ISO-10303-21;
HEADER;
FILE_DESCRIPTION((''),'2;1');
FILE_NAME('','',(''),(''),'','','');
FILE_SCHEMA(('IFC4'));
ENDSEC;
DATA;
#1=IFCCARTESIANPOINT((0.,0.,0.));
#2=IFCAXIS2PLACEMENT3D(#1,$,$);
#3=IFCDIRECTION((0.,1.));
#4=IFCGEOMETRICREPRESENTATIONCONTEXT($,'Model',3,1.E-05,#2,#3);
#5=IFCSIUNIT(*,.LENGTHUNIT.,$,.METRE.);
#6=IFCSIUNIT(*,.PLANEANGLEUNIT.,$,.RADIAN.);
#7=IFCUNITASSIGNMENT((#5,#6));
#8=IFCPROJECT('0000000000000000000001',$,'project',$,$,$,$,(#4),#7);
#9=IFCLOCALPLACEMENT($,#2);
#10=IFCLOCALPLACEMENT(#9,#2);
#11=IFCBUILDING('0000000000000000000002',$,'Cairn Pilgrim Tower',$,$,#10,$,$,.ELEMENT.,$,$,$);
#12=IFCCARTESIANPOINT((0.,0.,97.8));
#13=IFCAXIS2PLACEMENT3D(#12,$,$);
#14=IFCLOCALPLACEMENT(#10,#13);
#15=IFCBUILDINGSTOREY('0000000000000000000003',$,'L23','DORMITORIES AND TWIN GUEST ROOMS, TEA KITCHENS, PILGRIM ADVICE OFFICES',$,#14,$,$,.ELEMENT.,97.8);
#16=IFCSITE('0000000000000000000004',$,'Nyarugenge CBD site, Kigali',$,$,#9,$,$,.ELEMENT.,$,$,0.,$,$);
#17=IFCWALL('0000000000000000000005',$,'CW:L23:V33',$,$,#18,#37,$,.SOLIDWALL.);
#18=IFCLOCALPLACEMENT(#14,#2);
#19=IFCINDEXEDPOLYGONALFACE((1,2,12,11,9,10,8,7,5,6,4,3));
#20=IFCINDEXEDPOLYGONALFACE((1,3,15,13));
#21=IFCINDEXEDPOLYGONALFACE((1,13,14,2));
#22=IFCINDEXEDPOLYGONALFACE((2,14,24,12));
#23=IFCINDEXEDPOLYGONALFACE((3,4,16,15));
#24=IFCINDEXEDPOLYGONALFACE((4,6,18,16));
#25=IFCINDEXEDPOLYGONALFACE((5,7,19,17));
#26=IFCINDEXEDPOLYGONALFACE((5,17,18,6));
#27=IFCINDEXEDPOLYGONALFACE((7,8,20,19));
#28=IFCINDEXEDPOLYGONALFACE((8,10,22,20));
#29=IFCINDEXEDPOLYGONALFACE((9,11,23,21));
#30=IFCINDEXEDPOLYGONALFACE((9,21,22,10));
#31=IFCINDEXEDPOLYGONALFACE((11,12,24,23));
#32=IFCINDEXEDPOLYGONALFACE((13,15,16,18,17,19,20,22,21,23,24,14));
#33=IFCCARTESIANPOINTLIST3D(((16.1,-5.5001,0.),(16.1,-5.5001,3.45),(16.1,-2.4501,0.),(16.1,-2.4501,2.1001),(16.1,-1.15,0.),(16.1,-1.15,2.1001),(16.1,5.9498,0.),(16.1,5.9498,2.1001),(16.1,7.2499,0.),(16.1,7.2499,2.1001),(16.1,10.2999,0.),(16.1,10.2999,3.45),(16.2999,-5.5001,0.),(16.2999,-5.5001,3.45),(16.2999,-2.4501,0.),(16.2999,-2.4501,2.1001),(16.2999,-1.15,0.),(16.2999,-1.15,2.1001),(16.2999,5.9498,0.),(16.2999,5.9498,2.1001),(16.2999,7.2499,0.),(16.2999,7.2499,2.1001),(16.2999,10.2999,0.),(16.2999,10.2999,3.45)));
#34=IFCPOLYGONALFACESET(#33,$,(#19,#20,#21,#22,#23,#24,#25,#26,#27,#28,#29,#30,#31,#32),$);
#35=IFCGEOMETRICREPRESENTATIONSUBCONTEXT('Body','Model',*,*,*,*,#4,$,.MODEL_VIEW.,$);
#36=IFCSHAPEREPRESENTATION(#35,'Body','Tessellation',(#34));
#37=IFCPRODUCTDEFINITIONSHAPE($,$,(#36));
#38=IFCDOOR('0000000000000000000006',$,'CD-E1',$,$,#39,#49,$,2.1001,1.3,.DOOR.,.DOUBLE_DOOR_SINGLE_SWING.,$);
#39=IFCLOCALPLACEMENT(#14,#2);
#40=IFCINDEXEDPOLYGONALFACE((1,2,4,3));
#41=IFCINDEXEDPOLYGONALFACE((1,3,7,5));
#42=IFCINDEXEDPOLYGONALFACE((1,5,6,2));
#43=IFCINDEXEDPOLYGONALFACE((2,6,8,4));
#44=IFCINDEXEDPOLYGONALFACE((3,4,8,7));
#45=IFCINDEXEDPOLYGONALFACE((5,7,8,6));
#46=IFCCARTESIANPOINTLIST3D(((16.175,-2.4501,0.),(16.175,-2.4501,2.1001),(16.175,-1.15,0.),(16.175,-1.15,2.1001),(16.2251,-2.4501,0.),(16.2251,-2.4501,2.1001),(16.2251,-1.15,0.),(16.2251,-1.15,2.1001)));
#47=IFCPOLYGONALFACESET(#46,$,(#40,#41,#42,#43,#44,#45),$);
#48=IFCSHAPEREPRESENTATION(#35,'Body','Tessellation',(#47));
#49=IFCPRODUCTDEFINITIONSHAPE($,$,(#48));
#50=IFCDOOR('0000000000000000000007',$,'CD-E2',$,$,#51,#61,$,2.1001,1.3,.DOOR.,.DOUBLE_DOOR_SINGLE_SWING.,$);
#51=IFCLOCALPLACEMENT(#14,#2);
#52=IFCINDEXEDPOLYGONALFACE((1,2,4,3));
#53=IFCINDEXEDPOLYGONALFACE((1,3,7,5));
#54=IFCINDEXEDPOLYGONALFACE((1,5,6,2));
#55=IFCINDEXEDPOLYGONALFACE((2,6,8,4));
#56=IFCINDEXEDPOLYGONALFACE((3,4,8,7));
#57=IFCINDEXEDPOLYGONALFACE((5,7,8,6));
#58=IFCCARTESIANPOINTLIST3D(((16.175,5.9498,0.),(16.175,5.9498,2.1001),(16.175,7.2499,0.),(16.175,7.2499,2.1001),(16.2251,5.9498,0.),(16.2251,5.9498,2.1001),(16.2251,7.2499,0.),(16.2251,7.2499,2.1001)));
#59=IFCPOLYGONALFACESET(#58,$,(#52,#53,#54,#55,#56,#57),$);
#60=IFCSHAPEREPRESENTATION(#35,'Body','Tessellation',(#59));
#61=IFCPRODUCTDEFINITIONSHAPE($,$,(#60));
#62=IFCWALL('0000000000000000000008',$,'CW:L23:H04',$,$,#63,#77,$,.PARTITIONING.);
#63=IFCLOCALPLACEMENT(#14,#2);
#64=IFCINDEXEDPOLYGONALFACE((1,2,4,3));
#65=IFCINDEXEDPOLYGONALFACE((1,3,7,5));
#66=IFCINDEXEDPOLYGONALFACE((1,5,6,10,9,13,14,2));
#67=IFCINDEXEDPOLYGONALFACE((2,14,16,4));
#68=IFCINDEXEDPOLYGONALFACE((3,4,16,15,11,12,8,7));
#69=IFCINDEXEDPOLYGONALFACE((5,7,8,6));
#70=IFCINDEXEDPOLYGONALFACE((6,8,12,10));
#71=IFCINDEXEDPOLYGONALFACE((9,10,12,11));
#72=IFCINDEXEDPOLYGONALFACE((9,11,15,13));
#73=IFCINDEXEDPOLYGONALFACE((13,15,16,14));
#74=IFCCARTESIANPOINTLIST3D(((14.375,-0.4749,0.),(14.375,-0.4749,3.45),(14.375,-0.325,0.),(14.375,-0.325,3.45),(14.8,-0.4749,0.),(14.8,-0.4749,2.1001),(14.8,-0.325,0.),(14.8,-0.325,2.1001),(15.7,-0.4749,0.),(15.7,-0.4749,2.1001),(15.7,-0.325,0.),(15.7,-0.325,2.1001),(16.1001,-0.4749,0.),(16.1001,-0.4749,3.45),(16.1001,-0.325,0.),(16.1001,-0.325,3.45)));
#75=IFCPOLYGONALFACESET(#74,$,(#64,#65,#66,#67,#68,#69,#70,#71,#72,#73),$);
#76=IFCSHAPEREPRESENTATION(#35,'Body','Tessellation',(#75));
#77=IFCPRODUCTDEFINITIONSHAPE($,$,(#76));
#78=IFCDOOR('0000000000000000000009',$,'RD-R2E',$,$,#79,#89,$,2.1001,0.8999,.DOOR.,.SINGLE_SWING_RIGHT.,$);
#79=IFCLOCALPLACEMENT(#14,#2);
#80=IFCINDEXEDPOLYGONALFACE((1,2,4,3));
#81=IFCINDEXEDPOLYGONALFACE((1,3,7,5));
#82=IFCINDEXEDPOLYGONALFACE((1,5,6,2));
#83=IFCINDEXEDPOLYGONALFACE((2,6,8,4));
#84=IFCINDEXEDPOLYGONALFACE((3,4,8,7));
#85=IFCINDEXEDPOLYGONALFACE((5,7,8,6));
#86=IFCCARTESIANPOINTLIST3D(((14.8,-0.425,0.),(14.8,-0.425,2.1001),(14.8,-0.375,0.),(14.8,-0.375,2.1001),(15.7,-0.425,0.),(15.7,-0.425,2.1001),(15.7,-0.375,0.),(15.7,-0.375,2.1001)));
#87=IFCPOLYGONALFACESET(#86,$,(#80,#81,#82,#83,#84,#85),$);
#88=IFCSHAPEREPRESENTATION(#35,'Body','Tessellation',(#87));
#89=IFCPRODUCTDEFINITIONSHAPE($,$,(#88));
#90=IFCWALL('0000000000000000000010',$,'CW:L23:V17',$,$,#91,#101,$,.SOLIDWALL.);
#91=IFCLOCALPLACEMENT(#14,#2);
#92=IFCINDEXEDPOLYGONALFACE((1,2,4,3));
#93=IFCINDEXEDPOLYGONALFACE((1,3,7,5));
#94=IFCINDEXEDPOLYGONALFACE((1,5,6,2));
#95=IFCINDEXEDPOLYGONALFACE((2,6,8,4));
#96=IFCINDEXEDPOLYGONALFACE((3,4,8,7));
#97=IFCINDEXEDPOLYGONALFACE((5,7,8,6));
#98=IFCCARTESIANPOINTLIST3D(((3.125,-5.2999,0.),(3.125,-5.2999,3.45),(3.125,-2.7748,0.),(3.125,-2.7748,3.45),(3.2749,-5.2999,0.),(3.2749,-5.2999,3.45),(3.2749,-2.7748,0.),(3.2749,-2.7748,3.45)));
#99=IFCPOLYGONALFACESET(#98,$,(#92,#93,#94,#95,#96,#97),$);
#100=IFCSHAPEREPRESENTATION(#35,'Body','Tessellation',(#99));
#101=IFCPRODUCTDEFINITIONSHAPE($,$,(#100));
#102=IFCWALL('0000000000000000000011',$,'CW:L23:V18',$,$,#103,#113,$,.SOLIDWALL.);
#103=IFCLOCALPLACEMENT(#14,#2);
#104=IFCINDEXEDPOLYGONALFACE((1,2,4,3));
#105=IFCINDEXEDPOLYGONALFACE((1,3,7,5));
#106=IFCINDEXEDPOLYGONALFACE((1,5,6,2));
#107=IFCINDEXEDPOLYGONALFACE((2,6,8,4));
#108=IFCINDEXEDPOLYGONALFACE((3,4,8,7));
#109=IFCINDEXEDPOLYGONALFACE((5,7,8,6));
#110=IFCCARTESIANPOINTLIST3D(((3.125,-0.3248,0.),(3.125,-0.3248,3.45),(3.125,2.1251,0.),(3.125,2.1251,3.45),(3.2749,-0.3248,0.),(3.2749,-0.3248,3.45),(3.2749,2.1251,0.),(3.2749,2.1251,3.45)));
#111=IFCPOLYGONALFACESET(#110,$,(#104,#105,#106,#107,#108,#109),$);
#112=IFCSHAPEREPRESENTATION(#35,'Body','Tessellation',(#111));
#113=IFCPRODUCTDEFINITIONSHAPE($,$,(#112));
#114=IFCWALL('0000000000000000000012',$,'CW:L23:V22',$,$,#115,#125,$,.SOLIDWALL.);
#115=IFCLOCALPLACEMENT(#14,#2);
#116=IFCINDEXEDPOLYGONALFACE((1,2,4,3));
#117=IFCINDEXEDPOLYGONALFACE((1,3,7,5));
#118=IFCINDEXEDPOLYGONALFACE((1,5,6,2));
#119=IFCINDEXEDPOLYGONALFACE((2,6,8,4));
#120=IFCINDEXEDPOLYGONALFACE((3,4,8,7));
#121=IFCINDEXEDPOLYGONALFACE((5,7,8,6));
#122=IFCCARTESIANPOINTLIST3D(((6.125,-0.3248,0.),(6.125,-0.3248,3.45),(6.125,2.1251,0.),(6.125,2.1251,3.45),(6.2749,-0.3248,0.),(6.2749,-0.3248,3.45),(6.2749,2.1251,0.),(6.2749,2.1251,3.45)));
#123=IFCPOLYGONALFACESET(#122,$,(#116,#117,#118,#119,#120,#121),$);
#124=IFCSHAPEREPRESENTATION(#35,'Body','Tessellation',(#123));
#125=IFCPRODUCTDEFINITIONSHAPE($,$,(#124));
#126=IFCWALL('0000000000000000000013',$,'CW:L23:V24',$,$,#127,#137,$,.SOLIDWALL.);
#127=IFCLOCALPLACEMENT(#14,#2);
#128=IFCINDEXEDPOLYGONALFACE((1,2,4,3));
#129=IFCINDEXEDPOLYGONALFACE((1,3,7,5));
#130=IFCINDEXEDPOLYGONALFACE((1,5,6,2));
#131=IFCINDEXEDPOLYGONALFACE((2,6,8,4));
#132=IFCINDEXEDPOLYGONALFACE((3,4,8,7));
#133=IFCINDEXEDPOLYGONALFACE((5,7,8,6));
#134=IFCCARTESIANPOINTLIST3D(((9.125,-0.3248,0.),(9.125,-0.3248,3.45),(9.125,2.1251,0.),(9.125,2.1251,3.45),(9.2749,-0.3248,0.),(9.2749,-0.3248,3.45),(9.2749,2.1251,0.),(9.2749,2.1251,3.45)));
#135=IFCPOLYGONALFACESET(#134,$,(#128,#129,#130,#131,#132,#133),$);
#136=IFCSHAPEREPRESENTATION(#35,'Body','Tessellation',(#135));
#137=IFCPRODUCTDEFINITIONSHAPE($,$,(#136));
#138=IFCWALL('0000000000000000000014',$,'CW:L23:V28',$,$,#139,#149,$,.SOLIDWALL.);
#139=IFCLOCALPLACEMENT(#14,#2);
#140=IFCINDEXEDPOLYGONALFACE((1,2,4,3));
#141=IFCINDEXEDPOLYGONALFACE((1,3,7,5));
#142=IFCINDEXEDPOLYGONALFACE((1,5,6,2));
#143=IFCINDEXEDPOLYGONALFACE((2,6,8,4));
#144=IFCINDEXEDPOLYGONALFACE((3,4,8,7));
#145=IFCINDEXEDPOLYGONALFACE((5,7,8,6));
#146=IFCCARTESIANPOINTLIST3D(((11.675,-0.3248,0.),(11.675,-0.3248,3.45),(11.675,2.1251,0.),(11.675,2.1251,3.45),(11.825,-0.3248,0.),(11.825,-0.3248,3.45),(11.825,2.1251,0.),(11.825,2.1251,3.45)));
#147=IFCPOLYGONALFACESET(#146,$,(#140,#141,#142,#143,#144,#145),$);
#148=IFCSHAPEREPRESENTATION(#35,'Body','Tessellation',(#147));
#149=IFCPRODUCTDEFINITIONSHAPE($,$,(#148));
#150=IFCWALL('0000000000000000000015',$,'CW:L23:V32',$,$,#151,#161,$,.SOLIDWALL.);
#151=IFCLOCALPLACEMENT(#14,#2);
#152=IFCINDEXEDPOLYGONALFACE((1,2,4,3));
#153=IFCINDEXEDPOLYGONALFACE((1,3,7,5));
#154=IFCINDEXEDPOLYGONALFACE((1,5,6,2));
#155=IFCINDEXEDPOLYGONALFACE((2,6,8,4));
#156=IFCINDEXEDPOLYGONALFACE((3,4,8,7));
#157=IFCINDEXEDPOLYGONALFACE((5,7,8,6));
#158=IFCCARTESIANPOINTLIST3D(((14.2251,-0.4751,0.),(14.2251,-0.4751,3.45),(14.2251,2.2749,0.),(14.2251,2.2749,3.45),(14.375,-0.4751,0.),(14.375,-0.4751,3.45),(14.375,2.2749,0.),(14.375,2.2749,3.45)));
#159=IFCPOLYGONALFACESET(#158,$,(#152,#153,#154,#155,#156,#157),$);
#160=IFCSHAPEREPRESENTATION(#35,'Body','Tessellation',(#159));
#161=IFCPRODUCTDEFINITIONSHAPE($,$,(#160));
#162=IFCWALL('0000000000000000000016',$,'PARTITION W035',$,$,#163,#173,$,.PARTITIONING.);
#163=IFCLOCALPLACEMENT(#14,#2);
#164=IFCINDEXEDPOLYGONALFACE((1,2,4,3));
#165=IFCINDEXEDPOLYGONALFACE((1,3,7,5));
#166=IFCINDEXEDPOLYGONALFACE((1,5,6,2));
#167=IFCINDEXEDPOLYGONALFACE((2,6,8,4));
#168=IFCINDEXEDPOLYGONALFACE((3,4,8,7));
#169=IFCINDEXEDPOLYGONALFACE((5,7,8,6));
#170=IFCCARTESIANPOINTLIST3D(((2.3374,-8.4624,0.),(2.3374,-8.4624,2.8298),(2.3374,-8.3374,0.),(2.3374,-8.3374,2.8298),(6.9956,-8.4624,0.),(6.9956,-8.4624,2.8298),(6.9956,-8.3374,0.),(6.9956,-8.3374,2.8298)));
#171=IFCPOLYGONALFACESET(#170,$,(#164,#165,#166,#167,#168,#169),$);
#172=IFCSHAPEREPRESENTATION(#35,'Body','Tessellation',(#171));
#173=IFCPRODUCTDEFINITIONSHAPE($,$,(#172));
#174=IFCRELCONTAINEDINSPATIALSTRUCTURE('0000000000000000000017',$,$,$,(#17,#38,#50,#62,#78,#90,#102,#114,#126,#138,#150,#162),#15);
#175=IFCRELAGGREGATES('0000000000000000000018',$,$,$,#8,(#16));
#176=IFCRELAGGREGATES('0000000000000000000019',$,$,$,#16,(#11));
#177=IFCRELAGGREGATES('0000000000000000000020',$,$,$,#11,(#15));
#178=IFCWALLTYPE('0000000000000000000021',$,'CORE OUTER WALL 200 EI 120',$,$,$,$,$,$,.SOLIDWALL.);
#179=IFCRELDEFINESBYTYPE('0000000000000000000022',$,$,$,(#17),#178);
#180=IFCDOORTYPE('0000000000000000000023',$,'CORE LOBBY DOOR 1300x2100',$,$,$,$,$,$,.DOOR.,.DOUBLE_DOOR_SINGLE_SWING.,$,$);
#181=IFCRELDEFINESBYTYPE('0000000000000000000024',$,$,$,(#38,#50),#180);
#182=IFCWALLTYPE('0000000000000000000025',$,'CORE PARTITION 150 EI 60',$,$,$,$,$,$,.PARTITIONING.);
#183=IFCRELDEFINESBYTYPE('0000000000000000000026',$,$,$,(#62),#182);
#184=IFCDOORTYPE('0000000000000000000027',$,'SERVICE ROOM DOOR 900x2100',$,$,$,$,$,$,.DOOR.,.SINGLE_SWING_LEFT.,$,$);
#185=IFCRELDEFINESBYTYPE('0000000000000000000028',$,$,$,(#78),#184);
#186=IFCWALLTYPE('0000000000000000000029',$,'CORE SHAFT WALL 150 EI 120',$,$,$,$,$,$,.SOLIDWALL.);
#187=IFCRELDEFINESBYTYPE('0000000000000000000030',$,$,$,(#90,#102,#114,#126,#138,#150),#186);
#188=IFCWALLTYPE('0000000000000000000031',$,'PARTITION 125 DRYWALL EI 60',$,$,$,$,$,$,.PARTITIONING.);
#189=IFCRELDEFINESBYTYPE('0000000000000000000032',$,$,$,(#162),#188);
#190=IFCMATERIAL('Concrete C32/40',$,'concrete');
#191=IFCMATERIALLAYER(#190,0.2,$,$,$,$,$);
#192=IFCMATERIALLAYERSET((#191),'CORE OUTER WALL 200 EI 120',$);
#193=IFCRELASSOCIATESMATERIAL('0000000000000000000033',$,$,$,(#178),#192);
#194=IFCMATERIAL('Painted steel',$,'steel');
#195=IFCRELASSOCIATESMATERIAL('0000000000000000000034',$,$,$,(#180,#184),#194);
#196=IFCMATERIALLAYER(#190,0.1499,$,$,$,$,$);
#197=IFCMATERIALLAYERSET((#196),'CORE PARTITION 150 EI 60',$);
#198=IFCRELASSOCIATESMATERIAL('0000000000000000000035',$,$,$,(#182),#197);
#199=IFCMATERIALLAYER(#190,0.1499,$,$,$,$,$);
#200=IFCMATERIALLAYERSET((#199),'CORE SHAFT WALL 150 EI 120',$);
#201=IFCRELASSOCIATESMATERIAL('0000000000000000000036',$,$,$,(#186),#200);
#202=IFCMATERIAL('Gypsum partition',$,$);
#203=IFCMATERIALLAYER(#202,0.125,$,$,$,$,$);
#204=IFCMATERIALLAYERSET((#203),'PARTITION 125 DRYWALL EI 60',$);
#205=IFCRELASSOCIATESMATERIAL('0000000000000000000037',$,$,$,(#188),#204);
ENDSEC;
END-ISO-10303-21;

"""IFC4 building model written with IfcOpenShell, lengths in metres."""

from ifc_helpers import new_model, si_unit, direction, frame, frame_2d, origin, place, context, subcontext, project, spatial, rectangle, extrude, material, layer, layer_set, type_object, element, fill, save


model = new_model("IFC4")

# Units and contexts
model_context = context("Model", 3, precision=1e-05, world=origin(), true_north=direction((0.0, 1.0)))
body_context = subcontext(model_context, "Body", "Model", "MODEL_VIEW")
ifc_project = project(units=[si_unit("LENGTHUNIT", "METRE"), si_unit("PLANEANGLEUNIT", "RADIAN")], contexts=[model_context])

# Site, building, storey
site_placement = place(None, origin())
site = spatial("IfcSite", under=ifc_project, at=site_placement, Name="Nyarugenge CBD site, Kigali", CompositionType="ELEMENT", RefElevation=0.0)
building_placement = place(site_placement, origin())
building = spatial("IfcBuilding", under=site, at=building_placement, Name="Cairn Pilgrim Tower", CompositionType="ELEMENT")
storey_placement = place(building_placement, frame((0.0, 0.0, 97.8)))
storey = spatial("IfcBuildingStorey", under=building, at=storey_placement, Name="L23", Description="DORMITORIES AND TWIN GUEST ROOMS, TEA KITCHENS, PILGRIM ADVICE OFFICES", CompositionType="ELEMENT", Elevation=97.8)

# Shared definitions
ifc_material_1 = material(Name="Concrete C32/40", Category="concrete")
ifc_layer_1 = layer(ifc_material_1, 0.2)
ifc_layer_set_1 = layer_set([ifc_layer_1], Name="CORE OUTER WALL 200 EI 120")
wall_type_1 = type_object("IfcWallType", Name="CORE OUTER WALL 200 EI 120", PredefinedType="SOLIDWALL", material=ifc_layer_set_1)

# Wall, openings, doors
wall_1_placement = place(storey_placement, frame((16.2, -5.5, 0.0), z_axis=(0.0, 0.0, 1.0), x_axis=(0.0, 1.0, 0.0)))
wall_1 = element("IfcWall", 1, at=wall_1_placement, inside=storey, type_object=wall_type_1, Name="CW:L23:V33", PredefinedType="SOLIDWALL", context=body_context, shape_type="SweptSolid", body=[
    extrude(rectangle(XDim=15.8, YDim=0.2, at=frame_2d((7.8999, 0.0))), origin(), (0.0, 0.0, 1.0), 3.45),
])
opening_1_placement = place(wall_1_placement, frame((3.05, 0.0, 0.0)))
opening_1 = element("IfcOpeningElement", 2, at=opening_1_placement, cuts=wall_1, PredefinedType="OPENING", context=body_context, shape_type="SweptSolid", body=[
    extrude(rectangle(XDim=1.3, YDim=2.1001, at=frame_2d((0.6499, 1.05))), frame((0.0, 0.1099, 0.0), z_axis=(0.0, -1.0, 0.0), x_axis=(1.0, 0.0, 0.0)), (0.0, 0.0, 1.0), 0.22),
])
opening_2_placement = place(wall_1_placement, frame((11.45, 0.0, 0.0)))
opening_2 = element("IfcOpeningElement", 3, at=opening_2_placement, cuts=wall_1, PredefinedType="OPENING", context=body_context, shape_type="SweptSolid", body=[
    extrude(rectangle(XDim=1.3, YDim=2.1001, at=frame_2d((0.6499, 1.05))), frame((0.0, 0.1099, 0.0), z_axis=(0.0, -1.0, 0.0), x_axis=(1.0, 0.0, 0.0)), (0.0, 0.0, 1.0), 0.22),
])
ifc_material_2 = material(Name="Painted steel", Category="steel")
door_type_1 = type_object("IfcDoorType", Name="CORE LOBBY DOOR 1300x2100", OperationType="DOUBLE_DOOR_SINGLE_SWING", PredefinedType="DOOR", material=ifc_material_2)
door_1_placement = place(opening_1_placement, origin())
door_1 = element("IfcDoor", 4, at=door_1_placement, inside=storey, type_object=door_type_1, Name="CD-E1", OperationType="DOUBLE_DOOR_SINGLE_SWING", OverallHeight=2.1001, OverallWidth=1.3, PredefinedType="DOOR", context=body_context, shape_type="SweptSolid", body=[
    extrude(rectangle(XDim=1.3, YDim=2.1001, at=frame_2d((0.6499, 1.05))), frame((0.0, 0.0249, 0.0), z_axis=(0.0, -1.0, 0.0), x_axis=(1.0, 0.0, 0.0)), (0.0, 0.0, 1.0), 0.05),
])
fill(opening_1, door_1)
door_2_placement = place(opening_2_placement, origin())
door_2 = element("IfcDoor", 5, at=door_2_placement, inside=storey, type_object=door_type_1, Name="CD-E2", OperationType="DOUBLE_DOOR_SINGLE_SWING", OverallHeight=2.1001, OverallWidth=1.3, PredefinedType="DOOR", context=body_context, shape_type="SweptSolid", body=[
    extrude(rectangle(XDim=1.3, YDim=2.1001, at=frame_2d((0.6499, 1.05))), frame((0.0, 0.0249, 0.0), z_axis=(0.0, -1.0, 0.0), x_axis=(1.0, 0.0, 0.0)), (0.0, 0.0, 1.0), 0.05),
])
fill(opening_2, door_2)

# Wall, opening, door
ifc_layer_2 = layer(ifc_material_1, 0.1499)
ifc_layer_set_2 = layer_set([ifc_layer_2], Name="CORE PARTITION 150 EI 60")
wall_type_2 = type_object("IfcWallType", Name="CORE PARTITION 150 EI 60", PredefinedType="PARTITIONING", material=ifc_layer_set_2)
wall_2_placement = place(storey_placement, frame((14.375, -0.3999, 0.0), z_axis=(0.0, 0.0, 1.0), x_axis=(1.0, 0.0, 0.0)))
wall_2 = element("IfcWall", 6, at=wall_2_placement, inside=storey, type_object=wall_type_2, Name="CW:L23:H04", PredefinedType="PARTITIONING", context=body_context, shape_type="SweptSolid", body=[
    extrude(rectangle(XDim=1.7251, YDim=0.1499, at=frame_2d((0.8625, 0.0))), origin(), (0.0, 0.0, 1.0), 3.45),
])
opening_3_placement = place(wall_2_placement, frame((0.425, 0.0, 0.0)))
opening_3 = element("IfcOpeningElement", 7, at=opening_3_placement, cuts=wall_2, PredefinedType="OPENING", context=body_context, shape_type="SweptSolid", body=[
    extrude(rectangle(XDim=0.8999, YDim=2.1001, at=frame_2d((0.45, 1.05))), frame((0.0, 0.085, 0.0), z_axis=(0.0, -1.0, 0.0), x_axis=(1.0, 0.0, 0.0)), (0.0, 0.0, 1.0), 0.1699),
])
door_type_2 = type_object("IfcDoorType", Name="SERVICE ROOM DOOR 900x2100", OperationType="SINGLE_SWING_LEFT", PredefinedType="DOOR", material=ifc_material_2)
door_3_placement = place(opening_3_placement, origin())
door_3 = element("IfcDoor", 8, at=door_3_placement, inside=storey, type_object=door_type_2, Name="RD-R2E", OperationType="SINGLE_SWING_RIGHT", OverallHeight=2.1001, OverallWidth=0.8999, PredefinedType="DOOR", context=body_context, shape_type="SweptSolid", body=[
    extrude(rectangle(XDim=0.8999, YDim=2.1001, at=frame_2d((0.45, 1.05))), frame((0.0, 0.0249, 0.0), z_axis=(0.0, -1.0, 0.0), x_axis=(1.0, 0.0, 0.0)), (0.0, 0.0, 1.0), 0.05),
])
fill(opening_3, door_3)

# Walls
ifc_layer_3 = layer(ifc_material_1, 0.1499)
ifc_layer_set_3 = layer_set([ifc_layer_3], Name="CORE SHAFT WALL 150 EI 120")
wall_type_3 = type_object("IfcWallType", Name="CORE SHAFT WALL 150 EI 120", PredefinedType="SOLIDWALL", material=ifc_layer_set_3)
wall_3_placement = place(storey_placement, frame((3.2, -5.3, 0.0), z_axis=(0.0, 0.0, 1.0), x_axis=(0.0, 1.0, 0.0)))
element("IfcWall", 9, at=wall_3_placement, inside=storey, type_object=wall_type_3, Name="CW:L23:V17", PredefinedType="SOLIDWALL", context=body_context, shape_type="SweptSolid", body=[
    extrude(rectangle(XDim=2.5251, YDim=0.1499, at=frame_2d((1.2627, 0.0))), origin(), (0.0, 0.0, 1.0), 3.45),
])
for number, where, z_axis, x_axis, name in (
    (10, (3.2, -0.325, 0.0), (0.0, 0.0, 1.0), (0.0, 1.0, 0.0), "CW:L23:V18"),
    (11, (6.2, -0.325, 0.0), (0.0, 0.0, 1.0), (0.0, 1.0, 0.0), "CW:L23:V22"),
    (12, (9.2, -0.325, 0.0), (0.0, 0.0, 1.0), (0.0, 1.0, 0.0), "CW:L23:V24"),
    (13, (11.75, -0.325, 0.0), (0.0, 0.0, 1.0), (0.0, 1.0, 0.0), "CW:L23:V28"),
):
    element("IfcWall", number, at=place(storey_placement, frame(where, z_axis=z_axis, x_axis=x_axis)), inside=storey, type_object=wall_type_3, Name=name, PredefinedType="SOLIDWALL", context=body_context, shape_type="SweptSolid", body=[
        extrude(rectangle(XDim=2.45, YDim=0.1499, at=frame_2d((1.2251, 0.0))), origin(), (0.0, 0.0, 1.0), 3.45),
    ])
wall_4_placement = place(storey_placement, frame((14.3, -0.4751, 0.0), z_axis=(0.0, 0.0, 1.0), x_axis=(0.0, 1.0, 0.0)))
element("IfcWall", 14, at=wall_4_placement, inside=storey, type_object=wall_type_3, Name="CW:L23:V32", PredefinedType="SOLIDWALL", context=body_context, shape_type="SweptSolid", body=[
    extrude(rectangle(XDim=2.75, YDim=0.1499, at=frame_2d((1.375, 0.0))), origin(), (0.0, 0.0, 1.0), 3.45),
])
ifc_material_3 = material(Name="Gypsum partition")
ifc_layer_4 = layer(ifc_material_3, 0.125)
ifc_layer_set_4 = layer_set([ifc_layer_4], Name="PARTITION 125 DRYWALL EI 60")
wall_type_4 = type_object("IfcWallType", Name="PARTITION 125 DRYWALL EI 60", PredefinedType="PARTITIONING", material=ifc_layer_set_4)
wall_5_placement = place(storey_placement, frame((2.3374, -8.3999, 0.0), z_axis=(0.0, 0.0, 1.0), x_axis=(1.0, 0.0, 0.0)))
element("IfcWall", 15, at=wall_5_placement, inside=storey, type_object=wall_type_4, Name="PARTITION W035", PredefinedType="PARTITIONING", context=body_context, shape_type="SweptSolid", body=[
    extrude(rectangle(XDim=4.6582, YDim=0.125, at=frame_2d((2.3291, 0.0))), origin(), (0.0, 0.0, 1.0), 2.8298),
])

save(model, "model.ifc")
